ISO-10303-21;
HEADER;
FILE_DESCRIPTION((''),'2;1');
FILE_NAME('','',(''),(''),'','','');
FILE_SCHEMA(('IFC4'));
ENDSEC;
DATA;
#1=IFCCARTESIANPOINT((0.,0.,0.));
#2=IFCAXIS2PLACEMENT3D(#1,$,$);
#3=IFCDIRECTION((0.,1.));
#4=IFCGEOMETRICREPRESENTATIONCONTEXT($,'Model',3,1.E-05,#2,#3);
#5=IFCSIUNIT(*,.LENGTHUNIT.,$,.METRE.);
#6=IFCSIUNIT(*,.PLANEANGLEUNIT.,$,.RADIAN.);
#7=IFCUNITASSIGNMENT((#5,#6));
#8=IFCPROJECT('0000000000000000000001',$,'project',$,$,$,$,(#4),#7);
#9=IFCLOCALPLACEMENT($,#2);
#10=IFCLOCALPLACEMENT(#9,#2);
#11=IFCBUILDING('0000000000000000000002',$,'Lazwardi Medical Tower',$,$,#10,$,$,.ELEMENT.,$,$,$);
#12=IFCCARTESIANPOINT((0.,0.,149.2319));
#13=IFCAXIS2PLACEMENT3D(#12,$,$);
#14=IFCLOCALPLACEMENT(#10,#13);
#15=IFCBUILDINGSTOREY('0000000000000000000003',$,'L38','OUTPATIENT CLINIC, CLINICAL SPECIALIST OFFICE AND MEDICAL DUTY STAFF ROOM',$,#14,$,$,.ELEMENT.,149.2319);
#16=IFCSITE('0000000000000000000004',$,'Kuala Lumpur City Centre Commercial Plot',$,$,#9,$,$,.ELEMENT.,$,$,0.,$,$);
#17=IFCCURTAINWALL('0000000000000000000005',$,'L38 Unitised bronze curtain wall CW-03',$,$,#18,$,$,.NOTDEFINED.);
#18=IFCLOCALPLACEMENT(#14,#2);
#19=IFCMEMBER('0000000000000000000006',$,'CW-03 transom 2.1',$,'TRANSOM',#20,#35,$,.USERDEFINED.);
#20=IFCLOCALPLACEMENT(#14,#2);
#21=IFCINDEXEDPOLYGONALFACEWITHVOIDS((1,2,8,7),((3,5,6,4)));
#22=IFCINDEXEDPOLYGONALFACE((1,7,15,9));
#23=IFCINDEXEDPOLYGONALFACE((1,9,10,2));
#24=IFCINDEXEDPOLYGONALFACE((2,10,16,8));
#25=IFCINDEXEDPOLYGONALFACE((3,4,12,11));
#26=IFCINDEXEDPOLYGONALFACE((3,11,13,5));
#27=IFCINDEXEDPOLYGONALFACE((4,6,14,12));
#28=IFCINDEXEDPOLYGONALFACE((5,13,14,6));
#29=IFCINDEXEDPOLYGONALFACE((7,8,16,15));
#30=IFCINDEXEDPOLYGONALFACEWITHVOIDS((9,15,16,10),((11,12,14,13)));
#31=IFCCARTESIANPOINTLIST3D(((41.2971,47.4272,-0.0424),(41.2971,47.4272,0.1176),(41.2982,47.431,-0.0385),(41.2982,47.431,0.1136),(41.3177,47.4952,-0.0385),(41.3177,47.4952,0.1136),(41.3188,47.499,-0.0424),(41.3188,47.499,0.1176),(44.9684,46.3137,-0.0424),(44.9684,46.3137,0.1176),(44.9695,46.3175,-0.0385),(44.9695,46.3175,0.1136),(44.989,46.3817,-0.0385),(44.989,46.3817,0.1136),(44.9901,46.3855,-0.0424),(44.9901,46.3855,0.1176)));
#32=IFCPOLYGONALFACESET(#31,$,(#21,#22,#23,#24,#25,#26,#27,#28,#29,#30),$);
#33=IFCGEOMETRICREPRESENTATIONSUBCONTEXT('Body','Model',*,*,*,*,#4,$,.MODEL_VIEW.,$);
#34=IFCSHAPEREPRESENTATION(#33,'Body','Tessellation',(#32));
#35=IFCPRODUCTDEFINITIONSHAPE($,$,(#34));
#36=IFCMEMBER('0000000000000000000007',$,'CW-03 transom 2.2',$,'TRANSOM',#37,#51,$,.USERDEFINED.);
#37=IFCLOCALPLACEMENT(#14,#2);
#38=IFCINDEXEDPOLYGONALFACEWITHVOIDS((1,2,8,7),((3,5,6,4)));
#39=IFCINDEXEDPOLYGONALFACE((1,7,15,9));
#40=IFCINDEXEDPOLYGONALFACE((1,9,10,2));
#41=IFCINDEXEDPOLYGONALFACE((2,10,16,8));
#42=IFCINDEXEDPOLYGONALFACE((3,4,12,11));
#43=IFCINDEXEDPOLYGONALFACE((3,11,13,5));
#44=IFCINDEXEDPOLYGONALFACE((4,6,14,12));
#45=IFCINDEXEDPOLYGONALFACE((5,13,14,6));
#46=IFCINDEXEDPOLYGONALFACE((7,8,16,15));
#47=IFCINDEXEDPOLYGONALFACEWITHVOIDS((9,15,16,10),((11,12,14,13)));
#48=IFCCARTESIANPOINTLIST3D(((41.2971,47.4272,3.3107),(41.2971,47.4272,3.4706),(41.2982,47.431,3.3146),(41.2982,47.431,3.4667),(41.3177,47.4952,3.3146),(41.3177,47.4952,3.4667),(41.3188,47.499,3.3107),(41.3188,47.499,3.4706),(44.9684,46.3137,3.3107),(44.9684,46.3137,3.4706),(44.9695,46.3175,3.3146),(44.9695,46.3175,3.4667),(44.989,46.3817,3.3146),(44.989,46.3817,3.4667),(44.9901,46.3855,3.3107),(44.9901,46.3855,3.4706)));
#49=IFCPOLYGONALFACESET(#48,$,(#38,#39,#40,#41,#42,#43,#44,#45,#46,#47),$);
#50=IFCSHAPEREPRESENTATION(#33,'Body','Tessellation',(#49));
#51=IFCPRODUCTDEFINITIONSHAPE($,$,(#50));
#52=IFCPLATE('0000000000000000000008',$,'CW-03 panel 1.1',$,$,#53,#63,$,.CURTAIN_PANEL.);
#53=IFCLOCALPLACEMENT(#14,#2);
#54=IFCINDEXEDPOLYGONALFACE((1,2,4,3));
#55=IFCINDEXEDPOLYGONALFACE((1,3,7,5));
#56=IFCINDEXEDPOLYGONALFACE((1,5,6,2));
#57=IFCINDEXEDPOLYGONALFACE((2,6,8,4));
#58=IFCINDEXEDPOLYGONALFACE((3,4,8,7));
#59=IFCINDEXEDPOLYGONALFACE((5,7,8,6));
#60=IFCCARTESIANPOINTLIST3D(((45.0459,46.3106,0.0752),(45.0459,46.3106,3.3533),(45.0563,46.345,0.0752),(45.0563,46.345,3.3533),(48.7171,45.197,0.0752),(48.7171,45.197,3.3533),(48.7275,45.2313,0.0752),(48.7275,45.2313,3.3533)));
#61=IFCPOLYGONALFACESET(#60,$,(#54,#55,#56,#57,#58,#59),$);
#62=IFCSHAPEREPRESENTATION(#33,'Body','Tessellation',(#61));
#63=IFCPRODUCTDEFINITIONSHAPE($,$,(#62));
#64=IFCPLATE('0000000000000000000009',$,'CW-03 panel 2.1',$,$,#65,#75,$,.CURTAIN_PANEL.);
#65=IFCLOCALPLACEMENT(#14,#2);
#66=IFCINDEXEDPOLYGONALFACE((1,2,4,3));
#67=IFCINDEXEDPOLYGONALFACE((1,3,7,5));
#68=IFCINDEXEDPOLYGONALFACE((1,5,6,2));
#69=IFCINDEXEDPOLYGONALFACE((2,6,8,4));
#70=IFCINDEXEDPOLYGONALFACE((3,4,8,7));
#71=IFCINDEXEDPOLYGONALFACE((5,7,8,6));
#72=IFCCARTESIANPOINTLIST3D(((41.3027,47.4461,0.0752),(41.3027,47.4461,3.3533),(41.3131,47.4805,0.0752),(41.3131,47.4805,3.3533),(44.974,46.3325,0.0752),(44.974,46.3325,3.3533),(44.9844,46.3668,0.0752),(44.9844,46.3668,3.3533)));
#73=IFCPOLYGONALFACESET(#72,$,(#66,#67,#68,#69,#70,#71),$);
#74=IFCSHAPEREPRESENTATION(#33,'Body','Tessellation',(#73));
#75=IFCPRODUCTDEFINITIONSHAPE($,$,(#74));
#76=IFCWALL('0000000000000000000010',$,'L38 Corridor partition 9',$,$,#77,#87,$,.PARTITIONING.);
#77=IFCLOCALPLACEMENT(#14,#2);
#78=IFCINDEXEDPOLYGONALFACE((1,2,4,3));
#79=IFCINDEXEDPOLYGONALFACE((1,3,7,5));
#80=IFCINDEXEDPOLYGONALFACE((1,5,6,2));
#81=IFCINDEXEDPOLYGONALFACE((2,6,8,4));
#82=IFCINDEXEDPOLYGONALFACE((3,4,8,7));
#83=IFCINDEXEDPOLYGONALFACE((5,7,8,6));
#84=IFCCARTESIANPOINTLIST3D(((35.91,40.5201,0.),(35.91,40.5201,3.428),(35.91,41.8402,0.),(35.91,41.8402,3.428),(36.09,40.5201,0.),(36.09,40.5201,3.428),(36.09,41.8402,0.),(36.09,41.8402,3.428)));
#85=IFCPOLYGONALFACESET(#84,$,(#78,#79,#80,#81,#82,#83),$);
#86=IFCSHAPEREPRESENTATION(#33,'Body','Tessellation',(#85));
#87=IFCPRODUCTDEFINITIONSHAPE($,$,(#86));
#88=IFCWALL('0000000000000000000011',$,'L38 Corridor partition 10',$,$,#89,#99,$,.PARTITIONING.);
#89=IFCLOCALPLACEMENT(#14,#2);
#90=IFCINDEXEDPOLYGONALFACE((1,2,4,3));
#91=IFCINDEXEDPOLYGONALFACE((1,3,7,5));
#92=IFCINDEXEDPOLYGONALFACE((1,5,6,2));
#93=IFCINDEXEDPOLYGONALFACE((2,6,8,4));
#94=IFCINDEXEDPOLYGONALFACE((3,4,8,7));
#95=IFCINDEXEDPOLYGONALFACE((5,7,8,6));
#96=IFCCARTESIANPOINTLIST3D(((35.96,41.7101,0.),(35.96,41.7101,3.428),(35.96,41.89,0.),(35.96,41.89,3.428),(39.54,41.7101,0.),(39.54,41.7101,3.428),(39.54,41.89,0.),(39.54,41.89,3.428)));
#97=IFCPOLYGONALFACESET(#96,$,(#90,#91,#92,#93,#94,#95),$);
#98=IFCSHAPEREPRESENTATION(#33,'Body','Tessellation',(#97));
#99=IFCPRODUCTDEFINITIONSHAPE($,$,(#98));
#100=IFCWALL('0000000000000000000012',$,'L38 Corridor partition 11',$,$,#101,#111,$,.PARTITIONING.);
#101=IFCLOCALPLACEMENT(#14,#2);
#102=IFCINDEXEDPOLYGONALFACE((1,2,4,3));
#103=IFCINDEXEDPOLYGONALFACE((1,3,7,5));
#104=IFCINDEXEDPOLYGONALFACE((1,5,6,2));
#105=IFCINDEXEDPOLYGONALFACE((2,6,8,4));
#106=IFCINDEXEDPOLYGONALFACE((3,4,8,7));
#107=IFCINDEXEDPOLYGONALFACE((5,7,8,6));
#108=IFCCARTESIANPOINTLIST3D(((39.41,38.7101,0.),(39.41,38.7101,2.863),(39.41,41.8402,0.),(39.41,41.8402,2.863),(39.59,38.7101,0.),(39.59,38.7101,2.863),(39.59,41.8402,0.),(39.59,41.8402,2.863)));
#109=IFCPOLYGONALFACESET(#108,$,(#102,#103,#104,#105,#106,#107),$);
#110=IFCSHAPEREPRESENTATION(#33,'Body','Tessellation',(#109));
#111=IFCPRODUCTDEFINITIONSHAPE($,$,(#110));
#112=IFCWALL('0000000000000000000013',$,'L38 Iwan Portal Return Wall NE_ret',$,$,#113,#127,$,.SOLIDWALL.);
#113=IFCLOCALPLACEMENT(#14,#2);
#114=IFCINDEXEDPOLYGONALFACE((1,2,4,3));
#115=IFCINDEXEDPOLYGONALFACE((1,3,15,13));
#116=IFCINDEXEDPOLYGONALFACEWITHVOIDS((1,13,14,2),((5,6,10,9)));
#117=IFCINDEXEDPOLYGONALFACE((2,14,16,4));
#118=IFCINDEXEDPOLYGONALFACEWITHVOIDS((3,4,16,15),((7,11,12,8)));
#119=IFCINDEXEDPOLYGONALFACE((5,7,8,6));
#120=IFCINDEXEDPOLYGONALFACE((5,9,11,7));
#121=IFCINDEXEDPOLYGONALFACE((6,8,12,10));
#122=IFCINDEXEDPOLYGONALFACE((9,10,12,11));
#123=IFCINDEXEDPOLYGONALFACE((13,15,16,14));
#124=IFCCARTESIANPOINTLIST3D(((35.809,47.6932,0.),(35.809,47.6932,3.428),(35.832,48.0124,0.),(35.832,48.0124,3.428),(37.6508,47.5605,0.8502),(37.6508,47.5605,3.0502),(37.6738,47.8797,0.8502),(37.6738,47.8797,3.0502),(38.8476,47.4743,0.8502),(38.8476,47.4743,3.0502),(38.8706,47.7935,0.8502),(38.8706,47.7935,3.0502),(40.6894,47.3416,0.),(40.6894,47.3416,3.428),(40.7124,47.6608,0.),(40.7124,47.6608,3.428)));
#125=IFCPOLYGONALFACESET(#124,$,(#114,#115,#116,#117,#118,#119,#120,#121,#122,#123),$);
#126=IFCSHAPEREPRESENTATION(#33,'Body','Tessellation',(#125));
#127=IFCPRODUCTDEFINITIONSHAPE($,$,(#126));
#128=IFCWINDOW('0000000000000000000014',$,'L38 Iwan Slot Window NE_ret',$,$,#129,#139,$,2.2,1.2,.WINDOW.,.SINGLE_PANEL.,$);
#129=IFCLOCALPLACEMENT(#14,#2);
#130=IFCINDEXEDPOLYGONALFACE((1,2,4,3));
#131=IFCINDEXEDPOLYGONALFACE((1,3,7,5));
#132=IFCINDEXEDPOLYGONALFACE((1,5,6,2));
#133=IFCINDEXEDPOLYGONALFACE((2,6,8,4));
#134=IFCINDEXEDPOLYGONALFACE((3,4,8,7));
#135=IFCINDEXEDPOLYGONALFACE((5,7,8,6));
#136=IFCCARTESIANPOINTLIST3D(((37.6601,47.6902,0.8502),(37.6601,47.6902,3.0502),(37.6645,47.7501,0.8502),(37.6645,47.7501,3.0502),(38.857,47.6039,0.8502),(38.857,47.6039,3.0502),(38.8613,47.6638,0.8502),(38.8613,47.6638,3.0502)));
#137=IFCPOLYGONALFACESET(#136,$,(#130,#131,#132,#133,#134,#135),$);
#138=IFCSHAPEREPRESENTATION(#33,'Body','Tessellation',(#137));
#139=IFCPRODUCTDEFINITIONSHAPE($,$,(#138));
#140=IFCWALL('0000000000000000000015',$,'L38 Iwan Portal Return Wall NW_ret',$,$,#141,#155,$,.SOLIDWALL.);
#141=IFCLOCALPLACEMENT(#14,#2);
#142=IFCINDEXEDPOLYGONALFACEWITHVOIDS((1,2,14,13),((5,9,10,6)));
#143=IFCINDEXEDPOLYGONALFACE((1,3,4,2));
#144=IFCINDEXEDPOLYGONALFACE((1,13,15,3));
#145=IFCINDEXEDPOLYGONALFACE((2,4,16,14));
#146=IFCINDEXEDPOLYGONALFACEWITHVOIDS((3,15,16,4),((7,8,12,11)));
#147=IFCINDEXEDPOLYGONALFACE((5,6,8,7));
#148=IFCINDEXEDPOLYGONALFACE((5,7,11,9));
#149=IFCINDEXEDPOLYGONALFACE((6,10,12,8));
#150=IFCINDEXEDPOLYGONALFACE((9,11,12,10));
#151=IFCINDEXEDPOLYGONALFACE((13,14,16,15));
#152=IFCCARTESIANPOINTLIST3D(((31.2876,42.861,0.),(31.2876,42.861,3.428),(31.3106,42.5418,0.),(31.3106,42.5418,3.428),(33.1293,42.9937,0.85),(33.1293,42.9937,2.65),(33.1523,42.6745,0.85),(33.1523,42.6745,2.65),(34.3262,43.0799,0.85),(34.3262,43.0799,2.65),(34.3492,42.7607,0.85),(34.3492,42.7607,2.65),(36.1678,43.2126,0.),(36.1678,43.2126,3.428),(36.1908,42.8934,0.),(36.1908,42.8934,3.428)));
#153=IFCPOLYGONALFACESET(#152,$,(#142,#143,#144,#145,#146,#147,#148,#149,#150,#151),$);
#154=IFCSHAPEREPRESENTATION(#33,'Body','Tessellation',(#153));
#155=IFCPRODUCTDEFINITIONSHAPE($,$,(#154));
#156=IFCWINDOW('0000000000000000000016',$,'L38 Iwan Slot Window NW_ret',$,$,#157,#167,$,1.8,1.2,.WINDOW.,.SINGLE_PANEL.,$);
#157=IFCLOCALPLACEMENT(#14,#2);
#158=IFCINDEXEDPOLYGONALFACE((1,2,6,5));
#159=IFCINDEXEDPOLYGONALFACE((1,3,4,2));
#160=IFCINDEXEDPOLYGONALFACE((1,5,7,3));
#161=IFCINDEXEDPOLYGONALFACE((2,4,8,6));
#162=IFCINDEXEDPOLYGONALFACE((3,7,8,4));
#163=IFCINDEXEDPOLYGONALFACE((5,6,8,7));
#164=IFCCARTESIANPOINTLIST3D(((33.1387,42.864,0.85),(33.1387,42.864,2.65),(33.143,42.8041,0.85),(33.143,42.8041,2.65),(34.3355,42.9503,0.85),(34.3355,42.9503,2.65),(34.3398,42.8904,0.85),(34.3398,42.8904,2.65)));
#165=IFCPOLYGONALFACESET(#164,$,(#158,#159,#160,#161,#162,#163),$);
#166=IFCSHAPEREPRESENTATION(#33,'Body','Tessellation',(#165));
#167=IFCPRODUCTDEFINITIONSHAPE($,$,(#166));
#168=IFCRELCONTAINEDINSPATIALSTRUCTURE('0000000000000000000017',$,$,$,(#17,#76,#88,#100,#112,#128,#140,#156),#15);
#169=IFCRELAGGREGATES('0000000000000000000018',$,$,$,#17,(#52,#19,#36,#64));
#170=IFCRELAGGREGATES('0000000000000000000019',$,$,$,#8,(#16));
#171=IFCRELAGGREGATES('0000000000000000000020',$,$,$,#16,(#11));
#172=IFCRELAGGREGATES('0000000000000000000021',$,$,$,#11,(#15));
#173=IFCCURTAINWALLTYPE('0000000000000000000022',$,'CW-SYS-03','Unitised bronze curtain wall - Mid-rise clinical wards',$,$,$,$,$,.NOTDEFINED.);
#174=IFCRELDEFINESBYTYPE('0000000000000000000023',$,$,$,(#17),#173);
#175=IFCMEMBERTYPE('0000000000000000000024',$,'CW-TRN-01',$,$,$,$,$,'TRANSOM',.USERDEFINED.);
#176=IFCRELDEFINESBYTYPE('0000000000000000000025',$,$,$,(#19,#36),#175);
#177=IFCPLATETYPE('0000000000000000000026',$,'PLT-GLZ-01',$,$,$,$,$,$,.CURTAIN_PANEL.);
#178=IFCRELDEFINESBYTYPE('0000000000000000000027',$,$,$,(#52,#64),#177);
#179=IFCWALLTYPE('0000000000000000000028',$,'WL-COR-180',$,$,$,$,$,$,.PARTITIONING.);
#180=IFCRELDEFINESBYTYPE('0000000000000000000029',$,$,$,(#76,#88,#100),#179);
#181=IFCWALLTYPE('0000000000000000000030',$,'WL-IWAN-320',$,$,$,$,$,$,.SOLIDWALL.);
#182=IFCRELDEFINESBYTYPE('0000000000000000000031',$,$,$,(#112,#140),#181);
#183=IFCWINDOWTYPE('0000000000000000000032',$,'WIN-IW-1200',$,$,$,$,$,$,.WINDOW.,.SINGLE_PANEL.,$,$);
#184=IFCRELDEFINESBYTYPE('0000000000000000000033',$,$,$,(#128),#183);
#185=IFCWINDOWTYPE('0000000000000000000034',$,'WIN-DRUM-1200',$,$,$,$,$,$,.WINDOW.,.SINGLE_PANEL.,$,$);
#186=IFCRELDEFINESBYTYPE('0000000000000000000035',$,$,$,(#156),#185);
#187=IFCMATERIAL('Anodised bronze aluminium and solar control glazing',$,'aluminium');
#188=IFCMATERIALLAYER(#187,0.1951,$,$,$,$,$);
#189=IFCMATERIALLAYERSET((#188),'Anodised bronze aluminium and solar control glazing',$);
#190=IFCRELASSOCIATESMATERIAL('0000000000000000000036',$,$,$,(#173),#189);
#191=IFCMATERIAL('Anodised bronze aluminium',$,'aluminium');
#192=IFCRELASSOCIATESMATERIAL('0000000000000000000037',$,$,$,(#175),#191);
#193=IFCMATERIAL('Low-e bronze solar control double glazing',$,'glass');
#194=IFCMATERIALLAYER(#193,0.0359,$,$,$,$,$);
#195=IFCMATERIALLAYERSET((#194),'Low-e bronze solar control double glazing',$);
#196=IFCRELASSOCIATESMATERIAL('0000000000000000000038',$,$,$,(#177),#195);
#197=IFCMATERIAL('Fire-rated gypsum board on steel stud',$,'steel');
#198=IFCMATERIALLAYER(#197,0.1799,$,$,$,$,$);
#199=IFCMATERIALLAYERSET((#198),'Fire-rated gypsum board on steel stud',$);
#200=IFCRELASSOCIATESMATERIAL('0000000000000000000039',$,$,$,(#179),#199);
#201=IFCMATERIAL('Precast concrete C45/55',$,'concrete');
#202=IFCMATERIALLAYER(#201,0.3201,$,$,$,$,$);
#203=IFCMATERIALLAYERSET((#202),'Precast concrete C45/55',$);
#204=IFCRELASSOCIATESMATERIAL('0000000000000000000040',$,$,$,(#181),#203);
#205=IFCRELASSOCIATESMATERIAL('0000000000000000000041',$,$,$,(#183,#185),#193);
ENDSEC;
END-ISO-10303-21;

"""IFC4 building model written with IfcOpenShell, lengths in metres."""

from ifc_helpers import new_model, si_unit, direction, frame, frame_2d, origin, origin_2d, place, context, subcontext, project, spatial, rectangle, hollow_rectangle, extrude, material, layer, layer_set, material_profile, profile_set, type_object, element, fill, aggregate, save


model = new_model("IFC4")

# Units and contexts
model_context = context("Model", 3, precision=1e-05, world=origin(), true_north=direction((0.0, 1.0)))
body_context = subcontext(model_context, "Body", "Model", "MODEL_VIEW")
ifc_project = project(units=[si_unit("LENGTHUNIT", "METRE"), si_unit("PLANEANGLEUNIT", "RADIAN")], contexts=[model_context])

# Site, building, storey
site_placement = place(None, origin())
site = spatial("IfcSite", under=ifc_project, at=site_placement, Name="Kuala Lumpur City Centre Commercial Plot", CompositionType="ELEMENT", RefElevation=0.0)
building_placement = place(site_placement, origin())
building = spatial("IfcBuilding", under=site, at=building_placement, Name="Lazwardi Medical Tower", CompositionType="ELEMENT")
storey_placement = place(building_placement, frame((0.0, 0.0, 149.2319)))
storey = spatial("IfcBuildingStorey", under=building, at=storey_placement, Name="L38", Description="OUTPATIENT CLINIC, CLINICAL SPECIALIST OFFICE AND MEDICAL DUTY STAFF ROOM", CompositionType="ELEMENT", Elevation=149.2319)

# Curtain wall, members, plates
ifc_material_1 = material(Name="Anodised bronze aluminium and solar control glazing", Category="aluminium")
ifc_layer_1 = layer(ifc_material_1, 0.1951)
ifc_layer_set_1 = layer_set([ifc_layer_1], Name="Anodised bronze aluminium and solar control glazing")
curtain_wall_type = type_object("IfcCurtainWallType", Name="CW-SYS-03", Description="Unitised bronze curtain wall - Mid-rise clinical wards", PredefinedType="NOTDEFINED", material=ifc_layer_set_1)
curtain_wall_placement = place(storey_placement, origin())
curtain_wall = element("IfcCurtainWall", 1, at=curtain_wall_placement, inside=storey, type_object=curtain_wall_type, Name="L38 Unitised bronze curtain wall CW-03", PredefinedType="NOTDEFINED")
ifc_material_2 = material(Name="Anodised bronze aluminium", Category="aluminium")
ifc_material_profile_1 = material_profile(ifc_material_2, hollow_rectangle(XDim=0.075, YDim=0.1599, WallThickness=0.0039, at=origin_2d()), Name="ALU-TRANSOM 160x75x4")
ifc_profile_set_1 = profile_set([ifc_material_profile_1], Name="Anodised bronze aluminium")
member_type_1 = type_object("IfcMemberType", Name="CW-TRN-01", ElementType="TRANSOM", PredefinedType="USERDEFINED", material=ifc_profile_set_1)
member_1_placement = place(storey_placement, frame((44.9792, 46.3496, 0.0376), z_axis=(-0.956953, 0.290242, 0.0), x_axis=(-0.290242, -0.956953, 0.0)))
member_1 = element("IfcMember", 2, at=member_1_placement, type_object=member_type_1, Name="CW-03 transom 2.1", ObjectType="TRANSOM", PredefinedType="USERDEFINED", context=body_context, shape_type="SweptSolid", body=[
    extrude(hollow_rectangle(XDim=0.075, YDim=0.1599, WallThickness=0.0039, at=origin_2d()), origin(), (0.0, 0.0, 1.0), 3.8364),
])
member_2_placement = place(storey_placement, frame((44.9792, 46.3496, 3.3906), z_axis=(-0.956953, 0.290242, 0.0), x_axis=(-0.290242, -0.956953, 0.0)))
member_2 = element("IfcMember", 3, at=member_2_placement, type_object=member_type_1, Name="CW-03 transom 2.2", ObjectType="TRANSOM", PredefinedType="USERDEFINED", context=body_context, shape_type="SweptSolid", body=[
    extrude(hollow_rectangle(XDim=0.075, YDim=0.1599, WallThickness=0.0039, at=origin_2d()), origin(), (0.0, 0.0, 1.0), 3.8364),
])
ifc_material_3 = material(Name="Low-e bronze solar control double glazing", Category="glass")
ifc_layer_2 = layer(ifc_material_3, 0.0359)
ifc_layer_set_2 = layer_set([ifc_layer_2], Name="Low-e bronze solar control double glazing")
plate_type = type_object("IfcPlateType", Name="PLT-GLZ-01", PredefinedType="CURTAIN_PANEL", material=ifc_layer_set_2)
plate_1_placement = place(storey_placement, frame((46.8867, 45.771, 0.0752), z_axis=(0.0, 0.0, 1.0), x_axis=(-0.956942, 0.290281, 0.0)))
plate_1 = element("IfcPlate", 4, at=plate_1_placement, type_object=plate_type, Name="CW-03 panel 1.1", PredefinedType="CURTAIN_PANEL", context=body_context, shape_type="SweptSolid", body=[
    extrude(rectangle(XDim=3.8364, YDim=0.0359, at=origin_2d()), origin(), (0.0, 0.0, 1.0), 3.2781),
])
plate_2_placement = place(storey_placement, frame((43.1436, 46.9065, 0.0752), z_axis=(0.0, 0.0, 1.0), x_axis=(-0.956942, 0.290281, 0.0)))
plate_2 = element("IfcPlate", 5, at=plate_2_placement, type_object=plate_type, Name="CW-03 panel 2.1", PredefinedType="CURTAIN_PANEL", context=body_context, shape_type="SweptSolid", body=[
    extrude(rectangle(XDim=3.8364, YDim=0.0359, at=origin_2d()), origin(), (0.0, 0.0, 1.0), 3.2781),
])
aggregate(curtain_wall, [plate_1, member_1, member_2, plate_2])

# Walls
ifc_material_4 = material(Name="Fire-rated gypsum board on steel stud", Category="steel")
ifc_layer_3 = layer(ifc_material_4, 0.1799)
ifc_layer_set_3 = layer_set([ifc_layer_3], Name="Fire-rated gypsum board on steel stud")
wall_type_1 = type_object("IfcWallType", Name="WL-COR-180", PredefinedType="PARTITIONING", material=ifc_layer_set_3)
wall_1_placement = place(storey_placement, frame((36.0, 40.52, 0.0), z_axis=(0.0, 0.0, 1.0), x_axis=(0.0, 1.0, 0.0)))
element("IfcWall", 6, at=wall_1_placement, inside=storey, type_object=wall_type_1, Name="L38 Corridor partition 9", PredefinedType="PARTITIONING", context=body_context, shape_type="SweptSolid", body=[
    extrude(rectangle(XDim=1.3201, YDim=0.1799, at=frame_2d((0.6602, 0.0))), origin(), (0.0, 0.0, 1.0), 3.428),
])
wall_2_placement = place(storey_placement, frame((35.96, 41.8, 0.0), z_axis=(0.0, 0.0, 1.0), x_axis=(1.0, 0.0, 0.0)))
element("IfcWall", 7, at=wall_2_placement, inside=storey, type_object=wall_type_1, Name="L38 Corridor partition 10", PredefinedType="PARTITIONING", context=body_context, shape_type="SweptSolid", body=[
    extrude(rectangle(XDim=3.5801, YDim=0.1799, at=frame_2d((1.79, 0.0))), origin(), (0.0, 0.0, 1.0), 3.428),
])
wall_3_placement = place(storey_placement, frame((39.5, 41.8401, 0.0), z_axis=(0.0, 0.0, 1.0), x_axis=(0.0, -1.0, 0.0)))
element("IfcWall", 8, at=wall_3_placement, inside=storey, type_object=wall_type_1, Name="L38 Corridor partition 11", PredefinedType="PARTITIONING", context=body_context, shape_type="SweptSolid", body=[
    extrude(rectangle(XDim=3.1301, YDim=0.1799, at=frame_2d((1.5649, 0.0))), origin(), (0.0, 0.0, 1.0), 2.863),
])

# Walls, openings, windows
ifc_material_5 = material(Name="Precast concrete C45/55", Category="concrete")
ifc_layer_4 = layer(ifc_material_5, 0.3201)
ifc_layer_set_4 = layer_set([ifc_layer_4], Name="Precast concrete C45/55")
wall_type_2 = type_object("IfcWallType", Name="WL-IWAN-320", PredefinedType="SOLIDWALL", material=ifc_layer_set_4)
wall_4_placement = place(storey_placement, frame((40.7009, 47.5012, 0.0), z_axis=(0.0, 0.0, 1.0), x_axis=(-0.997415, 0.07185, 0.0)))
wall_4 = element("IfcWall", 9, at=wall_4_placement, inside=storey, type_object=wall_type_2, Name="L38 Iwan Portal Return Wall NE_ret", PredefinedType="SOLIDWALL", context=body_context, shape_type="SweptSolid", body=[
    extrude(rectangle(XDim=4.8931, YDim=0.3201, at=frame_2d((2.4465, 0.0))), origin(), (0.0, 0.0, 1.0), 3.428),
])
opening_1_placement = place(wall_4_placement, frame((1.8464, 0.0, 0.8501)))
opening_1 = element("IfcOpeningElement", 10, at=opening_1_placement, cuts=wall_4, PredefinedType="OPENING", context=body_context, shape_type="SweptSolid", body=[
    extrude(rectangle(XDim=1.2, YDim=2.2, at=frame_2d((0.6001, 1.1001))), frame((0.0, 0.1699, 0.0), z_axis=(0.0, -1.0, 0.0), x_axis=(1.0, 0.0, 0.0)), (0.0, 0.0, 1.0), 0.3401),
])
window_type_1 = type_object("IfcWindowType", Name="WIN-IW-1200", PartitioningType="SINGLE_PANEL", PredefinedType="WINDOW", material=ifc_material_3)
window_1_placement = place(opening_1_placement, origin())
window_1 = element("IfcWindow", 11, at=window_1_placement, inside=storey, type_object=window_type_1, Name="L38 Iwan Slot Window NE_ret", OverallHeight=2.2, OverallWidth=1.2, PartitioningType="SINGLE_PANEL", PredefinedType="WINDOW", context=body_context, shape_type="SweptSolid", body=[
    extrude(rectangle(XDim=1.2, YDim=2.2, at=frame_2d((0.6001, 1.1001))), frame((0.0, 0.03, 0.0), z_axis=(0.0, -1.0, 0.0), x_axis=(1.0, 0.0, 0.0)), (0.0, 0.0, 1.0), 0.0601),
])
fill(opening_1, window_1)
wall_5_placement = place(storey_placement, frame((36.1792, 43.053, 0.0), z_axis=(0.0, 0.0, 1.0), x_axis=(-0.997415, -0.071853, 0.0)))
wall_5 = element("IfcWall", 12, at=wall_5_placement, inside=storey, type_object=wall_type_2, Name="L38 Iwan Portal Return Wall NW_ret", PredefinedType="SOLIDWALL", context=body_context, shape_type="SweptSolid", body=[
    extrude(rectangle(XDim=4.8928, YDim=0.3201, at=frame_2d((2.4463, 0.0))), origin(), (0.0, 0.0, 1.0), 3.428),
])
opening_2_placement = place(wall_5_placement, frame((1.8462, 0.0, 0.8501)))
opening_2 = element("IfcOpeningElement", 13, at=opening_2_placement, cuts=wall_5, PredefinedType="OPENING", context=body_context, shape_type="SweptSolid", body=[
    extrude(rectangle(XDim=1.2, YDim=1.8, at=frame_2d((0.6001, 0.8999))), frame((0.0, 0.1699, 0.0), z_axis=(0.0, -1.0, 0.0), x_axis=(1.0, 0.0, 0.0)), (0.0, 0.0, 1.0), 0.3401),
])
window_type_2 = type_object("IfcWindowType", Name="WIN-DRUM-1200", PartitioningType="SINGLE_PANEL", PredefinedType="WINDOW", material=ifc_material_3)
window_2_placement = place(opening_2_placement, origin())
window_2 = element("IfcWindow", 14, at=window_2_placement, inside=storey, type_object=window_type_2, Name="L38 Iwan Slot Window NW_ret", OverallHeight=1.8, OverallWidth=1.2, PartitioningType="SINGLE_PANEL", PredefinedType="WINDOW", context=body_context, shape_type="SweptSolid", body=[
    extrude(rectangle(XDim=1.2, YDim=1.8, at=frame_2d((0.6001, 0.8999))), frame((0.0, 0.03, 0.0), z_axis=(0.0, -1.0, 0.0), x_axis=(1.0, 0.0, 0.0)), (0.0, 0.0, 1.0), 0.0601),
])
fill(opening_2, window_2)

save(model, "model.ifc")
